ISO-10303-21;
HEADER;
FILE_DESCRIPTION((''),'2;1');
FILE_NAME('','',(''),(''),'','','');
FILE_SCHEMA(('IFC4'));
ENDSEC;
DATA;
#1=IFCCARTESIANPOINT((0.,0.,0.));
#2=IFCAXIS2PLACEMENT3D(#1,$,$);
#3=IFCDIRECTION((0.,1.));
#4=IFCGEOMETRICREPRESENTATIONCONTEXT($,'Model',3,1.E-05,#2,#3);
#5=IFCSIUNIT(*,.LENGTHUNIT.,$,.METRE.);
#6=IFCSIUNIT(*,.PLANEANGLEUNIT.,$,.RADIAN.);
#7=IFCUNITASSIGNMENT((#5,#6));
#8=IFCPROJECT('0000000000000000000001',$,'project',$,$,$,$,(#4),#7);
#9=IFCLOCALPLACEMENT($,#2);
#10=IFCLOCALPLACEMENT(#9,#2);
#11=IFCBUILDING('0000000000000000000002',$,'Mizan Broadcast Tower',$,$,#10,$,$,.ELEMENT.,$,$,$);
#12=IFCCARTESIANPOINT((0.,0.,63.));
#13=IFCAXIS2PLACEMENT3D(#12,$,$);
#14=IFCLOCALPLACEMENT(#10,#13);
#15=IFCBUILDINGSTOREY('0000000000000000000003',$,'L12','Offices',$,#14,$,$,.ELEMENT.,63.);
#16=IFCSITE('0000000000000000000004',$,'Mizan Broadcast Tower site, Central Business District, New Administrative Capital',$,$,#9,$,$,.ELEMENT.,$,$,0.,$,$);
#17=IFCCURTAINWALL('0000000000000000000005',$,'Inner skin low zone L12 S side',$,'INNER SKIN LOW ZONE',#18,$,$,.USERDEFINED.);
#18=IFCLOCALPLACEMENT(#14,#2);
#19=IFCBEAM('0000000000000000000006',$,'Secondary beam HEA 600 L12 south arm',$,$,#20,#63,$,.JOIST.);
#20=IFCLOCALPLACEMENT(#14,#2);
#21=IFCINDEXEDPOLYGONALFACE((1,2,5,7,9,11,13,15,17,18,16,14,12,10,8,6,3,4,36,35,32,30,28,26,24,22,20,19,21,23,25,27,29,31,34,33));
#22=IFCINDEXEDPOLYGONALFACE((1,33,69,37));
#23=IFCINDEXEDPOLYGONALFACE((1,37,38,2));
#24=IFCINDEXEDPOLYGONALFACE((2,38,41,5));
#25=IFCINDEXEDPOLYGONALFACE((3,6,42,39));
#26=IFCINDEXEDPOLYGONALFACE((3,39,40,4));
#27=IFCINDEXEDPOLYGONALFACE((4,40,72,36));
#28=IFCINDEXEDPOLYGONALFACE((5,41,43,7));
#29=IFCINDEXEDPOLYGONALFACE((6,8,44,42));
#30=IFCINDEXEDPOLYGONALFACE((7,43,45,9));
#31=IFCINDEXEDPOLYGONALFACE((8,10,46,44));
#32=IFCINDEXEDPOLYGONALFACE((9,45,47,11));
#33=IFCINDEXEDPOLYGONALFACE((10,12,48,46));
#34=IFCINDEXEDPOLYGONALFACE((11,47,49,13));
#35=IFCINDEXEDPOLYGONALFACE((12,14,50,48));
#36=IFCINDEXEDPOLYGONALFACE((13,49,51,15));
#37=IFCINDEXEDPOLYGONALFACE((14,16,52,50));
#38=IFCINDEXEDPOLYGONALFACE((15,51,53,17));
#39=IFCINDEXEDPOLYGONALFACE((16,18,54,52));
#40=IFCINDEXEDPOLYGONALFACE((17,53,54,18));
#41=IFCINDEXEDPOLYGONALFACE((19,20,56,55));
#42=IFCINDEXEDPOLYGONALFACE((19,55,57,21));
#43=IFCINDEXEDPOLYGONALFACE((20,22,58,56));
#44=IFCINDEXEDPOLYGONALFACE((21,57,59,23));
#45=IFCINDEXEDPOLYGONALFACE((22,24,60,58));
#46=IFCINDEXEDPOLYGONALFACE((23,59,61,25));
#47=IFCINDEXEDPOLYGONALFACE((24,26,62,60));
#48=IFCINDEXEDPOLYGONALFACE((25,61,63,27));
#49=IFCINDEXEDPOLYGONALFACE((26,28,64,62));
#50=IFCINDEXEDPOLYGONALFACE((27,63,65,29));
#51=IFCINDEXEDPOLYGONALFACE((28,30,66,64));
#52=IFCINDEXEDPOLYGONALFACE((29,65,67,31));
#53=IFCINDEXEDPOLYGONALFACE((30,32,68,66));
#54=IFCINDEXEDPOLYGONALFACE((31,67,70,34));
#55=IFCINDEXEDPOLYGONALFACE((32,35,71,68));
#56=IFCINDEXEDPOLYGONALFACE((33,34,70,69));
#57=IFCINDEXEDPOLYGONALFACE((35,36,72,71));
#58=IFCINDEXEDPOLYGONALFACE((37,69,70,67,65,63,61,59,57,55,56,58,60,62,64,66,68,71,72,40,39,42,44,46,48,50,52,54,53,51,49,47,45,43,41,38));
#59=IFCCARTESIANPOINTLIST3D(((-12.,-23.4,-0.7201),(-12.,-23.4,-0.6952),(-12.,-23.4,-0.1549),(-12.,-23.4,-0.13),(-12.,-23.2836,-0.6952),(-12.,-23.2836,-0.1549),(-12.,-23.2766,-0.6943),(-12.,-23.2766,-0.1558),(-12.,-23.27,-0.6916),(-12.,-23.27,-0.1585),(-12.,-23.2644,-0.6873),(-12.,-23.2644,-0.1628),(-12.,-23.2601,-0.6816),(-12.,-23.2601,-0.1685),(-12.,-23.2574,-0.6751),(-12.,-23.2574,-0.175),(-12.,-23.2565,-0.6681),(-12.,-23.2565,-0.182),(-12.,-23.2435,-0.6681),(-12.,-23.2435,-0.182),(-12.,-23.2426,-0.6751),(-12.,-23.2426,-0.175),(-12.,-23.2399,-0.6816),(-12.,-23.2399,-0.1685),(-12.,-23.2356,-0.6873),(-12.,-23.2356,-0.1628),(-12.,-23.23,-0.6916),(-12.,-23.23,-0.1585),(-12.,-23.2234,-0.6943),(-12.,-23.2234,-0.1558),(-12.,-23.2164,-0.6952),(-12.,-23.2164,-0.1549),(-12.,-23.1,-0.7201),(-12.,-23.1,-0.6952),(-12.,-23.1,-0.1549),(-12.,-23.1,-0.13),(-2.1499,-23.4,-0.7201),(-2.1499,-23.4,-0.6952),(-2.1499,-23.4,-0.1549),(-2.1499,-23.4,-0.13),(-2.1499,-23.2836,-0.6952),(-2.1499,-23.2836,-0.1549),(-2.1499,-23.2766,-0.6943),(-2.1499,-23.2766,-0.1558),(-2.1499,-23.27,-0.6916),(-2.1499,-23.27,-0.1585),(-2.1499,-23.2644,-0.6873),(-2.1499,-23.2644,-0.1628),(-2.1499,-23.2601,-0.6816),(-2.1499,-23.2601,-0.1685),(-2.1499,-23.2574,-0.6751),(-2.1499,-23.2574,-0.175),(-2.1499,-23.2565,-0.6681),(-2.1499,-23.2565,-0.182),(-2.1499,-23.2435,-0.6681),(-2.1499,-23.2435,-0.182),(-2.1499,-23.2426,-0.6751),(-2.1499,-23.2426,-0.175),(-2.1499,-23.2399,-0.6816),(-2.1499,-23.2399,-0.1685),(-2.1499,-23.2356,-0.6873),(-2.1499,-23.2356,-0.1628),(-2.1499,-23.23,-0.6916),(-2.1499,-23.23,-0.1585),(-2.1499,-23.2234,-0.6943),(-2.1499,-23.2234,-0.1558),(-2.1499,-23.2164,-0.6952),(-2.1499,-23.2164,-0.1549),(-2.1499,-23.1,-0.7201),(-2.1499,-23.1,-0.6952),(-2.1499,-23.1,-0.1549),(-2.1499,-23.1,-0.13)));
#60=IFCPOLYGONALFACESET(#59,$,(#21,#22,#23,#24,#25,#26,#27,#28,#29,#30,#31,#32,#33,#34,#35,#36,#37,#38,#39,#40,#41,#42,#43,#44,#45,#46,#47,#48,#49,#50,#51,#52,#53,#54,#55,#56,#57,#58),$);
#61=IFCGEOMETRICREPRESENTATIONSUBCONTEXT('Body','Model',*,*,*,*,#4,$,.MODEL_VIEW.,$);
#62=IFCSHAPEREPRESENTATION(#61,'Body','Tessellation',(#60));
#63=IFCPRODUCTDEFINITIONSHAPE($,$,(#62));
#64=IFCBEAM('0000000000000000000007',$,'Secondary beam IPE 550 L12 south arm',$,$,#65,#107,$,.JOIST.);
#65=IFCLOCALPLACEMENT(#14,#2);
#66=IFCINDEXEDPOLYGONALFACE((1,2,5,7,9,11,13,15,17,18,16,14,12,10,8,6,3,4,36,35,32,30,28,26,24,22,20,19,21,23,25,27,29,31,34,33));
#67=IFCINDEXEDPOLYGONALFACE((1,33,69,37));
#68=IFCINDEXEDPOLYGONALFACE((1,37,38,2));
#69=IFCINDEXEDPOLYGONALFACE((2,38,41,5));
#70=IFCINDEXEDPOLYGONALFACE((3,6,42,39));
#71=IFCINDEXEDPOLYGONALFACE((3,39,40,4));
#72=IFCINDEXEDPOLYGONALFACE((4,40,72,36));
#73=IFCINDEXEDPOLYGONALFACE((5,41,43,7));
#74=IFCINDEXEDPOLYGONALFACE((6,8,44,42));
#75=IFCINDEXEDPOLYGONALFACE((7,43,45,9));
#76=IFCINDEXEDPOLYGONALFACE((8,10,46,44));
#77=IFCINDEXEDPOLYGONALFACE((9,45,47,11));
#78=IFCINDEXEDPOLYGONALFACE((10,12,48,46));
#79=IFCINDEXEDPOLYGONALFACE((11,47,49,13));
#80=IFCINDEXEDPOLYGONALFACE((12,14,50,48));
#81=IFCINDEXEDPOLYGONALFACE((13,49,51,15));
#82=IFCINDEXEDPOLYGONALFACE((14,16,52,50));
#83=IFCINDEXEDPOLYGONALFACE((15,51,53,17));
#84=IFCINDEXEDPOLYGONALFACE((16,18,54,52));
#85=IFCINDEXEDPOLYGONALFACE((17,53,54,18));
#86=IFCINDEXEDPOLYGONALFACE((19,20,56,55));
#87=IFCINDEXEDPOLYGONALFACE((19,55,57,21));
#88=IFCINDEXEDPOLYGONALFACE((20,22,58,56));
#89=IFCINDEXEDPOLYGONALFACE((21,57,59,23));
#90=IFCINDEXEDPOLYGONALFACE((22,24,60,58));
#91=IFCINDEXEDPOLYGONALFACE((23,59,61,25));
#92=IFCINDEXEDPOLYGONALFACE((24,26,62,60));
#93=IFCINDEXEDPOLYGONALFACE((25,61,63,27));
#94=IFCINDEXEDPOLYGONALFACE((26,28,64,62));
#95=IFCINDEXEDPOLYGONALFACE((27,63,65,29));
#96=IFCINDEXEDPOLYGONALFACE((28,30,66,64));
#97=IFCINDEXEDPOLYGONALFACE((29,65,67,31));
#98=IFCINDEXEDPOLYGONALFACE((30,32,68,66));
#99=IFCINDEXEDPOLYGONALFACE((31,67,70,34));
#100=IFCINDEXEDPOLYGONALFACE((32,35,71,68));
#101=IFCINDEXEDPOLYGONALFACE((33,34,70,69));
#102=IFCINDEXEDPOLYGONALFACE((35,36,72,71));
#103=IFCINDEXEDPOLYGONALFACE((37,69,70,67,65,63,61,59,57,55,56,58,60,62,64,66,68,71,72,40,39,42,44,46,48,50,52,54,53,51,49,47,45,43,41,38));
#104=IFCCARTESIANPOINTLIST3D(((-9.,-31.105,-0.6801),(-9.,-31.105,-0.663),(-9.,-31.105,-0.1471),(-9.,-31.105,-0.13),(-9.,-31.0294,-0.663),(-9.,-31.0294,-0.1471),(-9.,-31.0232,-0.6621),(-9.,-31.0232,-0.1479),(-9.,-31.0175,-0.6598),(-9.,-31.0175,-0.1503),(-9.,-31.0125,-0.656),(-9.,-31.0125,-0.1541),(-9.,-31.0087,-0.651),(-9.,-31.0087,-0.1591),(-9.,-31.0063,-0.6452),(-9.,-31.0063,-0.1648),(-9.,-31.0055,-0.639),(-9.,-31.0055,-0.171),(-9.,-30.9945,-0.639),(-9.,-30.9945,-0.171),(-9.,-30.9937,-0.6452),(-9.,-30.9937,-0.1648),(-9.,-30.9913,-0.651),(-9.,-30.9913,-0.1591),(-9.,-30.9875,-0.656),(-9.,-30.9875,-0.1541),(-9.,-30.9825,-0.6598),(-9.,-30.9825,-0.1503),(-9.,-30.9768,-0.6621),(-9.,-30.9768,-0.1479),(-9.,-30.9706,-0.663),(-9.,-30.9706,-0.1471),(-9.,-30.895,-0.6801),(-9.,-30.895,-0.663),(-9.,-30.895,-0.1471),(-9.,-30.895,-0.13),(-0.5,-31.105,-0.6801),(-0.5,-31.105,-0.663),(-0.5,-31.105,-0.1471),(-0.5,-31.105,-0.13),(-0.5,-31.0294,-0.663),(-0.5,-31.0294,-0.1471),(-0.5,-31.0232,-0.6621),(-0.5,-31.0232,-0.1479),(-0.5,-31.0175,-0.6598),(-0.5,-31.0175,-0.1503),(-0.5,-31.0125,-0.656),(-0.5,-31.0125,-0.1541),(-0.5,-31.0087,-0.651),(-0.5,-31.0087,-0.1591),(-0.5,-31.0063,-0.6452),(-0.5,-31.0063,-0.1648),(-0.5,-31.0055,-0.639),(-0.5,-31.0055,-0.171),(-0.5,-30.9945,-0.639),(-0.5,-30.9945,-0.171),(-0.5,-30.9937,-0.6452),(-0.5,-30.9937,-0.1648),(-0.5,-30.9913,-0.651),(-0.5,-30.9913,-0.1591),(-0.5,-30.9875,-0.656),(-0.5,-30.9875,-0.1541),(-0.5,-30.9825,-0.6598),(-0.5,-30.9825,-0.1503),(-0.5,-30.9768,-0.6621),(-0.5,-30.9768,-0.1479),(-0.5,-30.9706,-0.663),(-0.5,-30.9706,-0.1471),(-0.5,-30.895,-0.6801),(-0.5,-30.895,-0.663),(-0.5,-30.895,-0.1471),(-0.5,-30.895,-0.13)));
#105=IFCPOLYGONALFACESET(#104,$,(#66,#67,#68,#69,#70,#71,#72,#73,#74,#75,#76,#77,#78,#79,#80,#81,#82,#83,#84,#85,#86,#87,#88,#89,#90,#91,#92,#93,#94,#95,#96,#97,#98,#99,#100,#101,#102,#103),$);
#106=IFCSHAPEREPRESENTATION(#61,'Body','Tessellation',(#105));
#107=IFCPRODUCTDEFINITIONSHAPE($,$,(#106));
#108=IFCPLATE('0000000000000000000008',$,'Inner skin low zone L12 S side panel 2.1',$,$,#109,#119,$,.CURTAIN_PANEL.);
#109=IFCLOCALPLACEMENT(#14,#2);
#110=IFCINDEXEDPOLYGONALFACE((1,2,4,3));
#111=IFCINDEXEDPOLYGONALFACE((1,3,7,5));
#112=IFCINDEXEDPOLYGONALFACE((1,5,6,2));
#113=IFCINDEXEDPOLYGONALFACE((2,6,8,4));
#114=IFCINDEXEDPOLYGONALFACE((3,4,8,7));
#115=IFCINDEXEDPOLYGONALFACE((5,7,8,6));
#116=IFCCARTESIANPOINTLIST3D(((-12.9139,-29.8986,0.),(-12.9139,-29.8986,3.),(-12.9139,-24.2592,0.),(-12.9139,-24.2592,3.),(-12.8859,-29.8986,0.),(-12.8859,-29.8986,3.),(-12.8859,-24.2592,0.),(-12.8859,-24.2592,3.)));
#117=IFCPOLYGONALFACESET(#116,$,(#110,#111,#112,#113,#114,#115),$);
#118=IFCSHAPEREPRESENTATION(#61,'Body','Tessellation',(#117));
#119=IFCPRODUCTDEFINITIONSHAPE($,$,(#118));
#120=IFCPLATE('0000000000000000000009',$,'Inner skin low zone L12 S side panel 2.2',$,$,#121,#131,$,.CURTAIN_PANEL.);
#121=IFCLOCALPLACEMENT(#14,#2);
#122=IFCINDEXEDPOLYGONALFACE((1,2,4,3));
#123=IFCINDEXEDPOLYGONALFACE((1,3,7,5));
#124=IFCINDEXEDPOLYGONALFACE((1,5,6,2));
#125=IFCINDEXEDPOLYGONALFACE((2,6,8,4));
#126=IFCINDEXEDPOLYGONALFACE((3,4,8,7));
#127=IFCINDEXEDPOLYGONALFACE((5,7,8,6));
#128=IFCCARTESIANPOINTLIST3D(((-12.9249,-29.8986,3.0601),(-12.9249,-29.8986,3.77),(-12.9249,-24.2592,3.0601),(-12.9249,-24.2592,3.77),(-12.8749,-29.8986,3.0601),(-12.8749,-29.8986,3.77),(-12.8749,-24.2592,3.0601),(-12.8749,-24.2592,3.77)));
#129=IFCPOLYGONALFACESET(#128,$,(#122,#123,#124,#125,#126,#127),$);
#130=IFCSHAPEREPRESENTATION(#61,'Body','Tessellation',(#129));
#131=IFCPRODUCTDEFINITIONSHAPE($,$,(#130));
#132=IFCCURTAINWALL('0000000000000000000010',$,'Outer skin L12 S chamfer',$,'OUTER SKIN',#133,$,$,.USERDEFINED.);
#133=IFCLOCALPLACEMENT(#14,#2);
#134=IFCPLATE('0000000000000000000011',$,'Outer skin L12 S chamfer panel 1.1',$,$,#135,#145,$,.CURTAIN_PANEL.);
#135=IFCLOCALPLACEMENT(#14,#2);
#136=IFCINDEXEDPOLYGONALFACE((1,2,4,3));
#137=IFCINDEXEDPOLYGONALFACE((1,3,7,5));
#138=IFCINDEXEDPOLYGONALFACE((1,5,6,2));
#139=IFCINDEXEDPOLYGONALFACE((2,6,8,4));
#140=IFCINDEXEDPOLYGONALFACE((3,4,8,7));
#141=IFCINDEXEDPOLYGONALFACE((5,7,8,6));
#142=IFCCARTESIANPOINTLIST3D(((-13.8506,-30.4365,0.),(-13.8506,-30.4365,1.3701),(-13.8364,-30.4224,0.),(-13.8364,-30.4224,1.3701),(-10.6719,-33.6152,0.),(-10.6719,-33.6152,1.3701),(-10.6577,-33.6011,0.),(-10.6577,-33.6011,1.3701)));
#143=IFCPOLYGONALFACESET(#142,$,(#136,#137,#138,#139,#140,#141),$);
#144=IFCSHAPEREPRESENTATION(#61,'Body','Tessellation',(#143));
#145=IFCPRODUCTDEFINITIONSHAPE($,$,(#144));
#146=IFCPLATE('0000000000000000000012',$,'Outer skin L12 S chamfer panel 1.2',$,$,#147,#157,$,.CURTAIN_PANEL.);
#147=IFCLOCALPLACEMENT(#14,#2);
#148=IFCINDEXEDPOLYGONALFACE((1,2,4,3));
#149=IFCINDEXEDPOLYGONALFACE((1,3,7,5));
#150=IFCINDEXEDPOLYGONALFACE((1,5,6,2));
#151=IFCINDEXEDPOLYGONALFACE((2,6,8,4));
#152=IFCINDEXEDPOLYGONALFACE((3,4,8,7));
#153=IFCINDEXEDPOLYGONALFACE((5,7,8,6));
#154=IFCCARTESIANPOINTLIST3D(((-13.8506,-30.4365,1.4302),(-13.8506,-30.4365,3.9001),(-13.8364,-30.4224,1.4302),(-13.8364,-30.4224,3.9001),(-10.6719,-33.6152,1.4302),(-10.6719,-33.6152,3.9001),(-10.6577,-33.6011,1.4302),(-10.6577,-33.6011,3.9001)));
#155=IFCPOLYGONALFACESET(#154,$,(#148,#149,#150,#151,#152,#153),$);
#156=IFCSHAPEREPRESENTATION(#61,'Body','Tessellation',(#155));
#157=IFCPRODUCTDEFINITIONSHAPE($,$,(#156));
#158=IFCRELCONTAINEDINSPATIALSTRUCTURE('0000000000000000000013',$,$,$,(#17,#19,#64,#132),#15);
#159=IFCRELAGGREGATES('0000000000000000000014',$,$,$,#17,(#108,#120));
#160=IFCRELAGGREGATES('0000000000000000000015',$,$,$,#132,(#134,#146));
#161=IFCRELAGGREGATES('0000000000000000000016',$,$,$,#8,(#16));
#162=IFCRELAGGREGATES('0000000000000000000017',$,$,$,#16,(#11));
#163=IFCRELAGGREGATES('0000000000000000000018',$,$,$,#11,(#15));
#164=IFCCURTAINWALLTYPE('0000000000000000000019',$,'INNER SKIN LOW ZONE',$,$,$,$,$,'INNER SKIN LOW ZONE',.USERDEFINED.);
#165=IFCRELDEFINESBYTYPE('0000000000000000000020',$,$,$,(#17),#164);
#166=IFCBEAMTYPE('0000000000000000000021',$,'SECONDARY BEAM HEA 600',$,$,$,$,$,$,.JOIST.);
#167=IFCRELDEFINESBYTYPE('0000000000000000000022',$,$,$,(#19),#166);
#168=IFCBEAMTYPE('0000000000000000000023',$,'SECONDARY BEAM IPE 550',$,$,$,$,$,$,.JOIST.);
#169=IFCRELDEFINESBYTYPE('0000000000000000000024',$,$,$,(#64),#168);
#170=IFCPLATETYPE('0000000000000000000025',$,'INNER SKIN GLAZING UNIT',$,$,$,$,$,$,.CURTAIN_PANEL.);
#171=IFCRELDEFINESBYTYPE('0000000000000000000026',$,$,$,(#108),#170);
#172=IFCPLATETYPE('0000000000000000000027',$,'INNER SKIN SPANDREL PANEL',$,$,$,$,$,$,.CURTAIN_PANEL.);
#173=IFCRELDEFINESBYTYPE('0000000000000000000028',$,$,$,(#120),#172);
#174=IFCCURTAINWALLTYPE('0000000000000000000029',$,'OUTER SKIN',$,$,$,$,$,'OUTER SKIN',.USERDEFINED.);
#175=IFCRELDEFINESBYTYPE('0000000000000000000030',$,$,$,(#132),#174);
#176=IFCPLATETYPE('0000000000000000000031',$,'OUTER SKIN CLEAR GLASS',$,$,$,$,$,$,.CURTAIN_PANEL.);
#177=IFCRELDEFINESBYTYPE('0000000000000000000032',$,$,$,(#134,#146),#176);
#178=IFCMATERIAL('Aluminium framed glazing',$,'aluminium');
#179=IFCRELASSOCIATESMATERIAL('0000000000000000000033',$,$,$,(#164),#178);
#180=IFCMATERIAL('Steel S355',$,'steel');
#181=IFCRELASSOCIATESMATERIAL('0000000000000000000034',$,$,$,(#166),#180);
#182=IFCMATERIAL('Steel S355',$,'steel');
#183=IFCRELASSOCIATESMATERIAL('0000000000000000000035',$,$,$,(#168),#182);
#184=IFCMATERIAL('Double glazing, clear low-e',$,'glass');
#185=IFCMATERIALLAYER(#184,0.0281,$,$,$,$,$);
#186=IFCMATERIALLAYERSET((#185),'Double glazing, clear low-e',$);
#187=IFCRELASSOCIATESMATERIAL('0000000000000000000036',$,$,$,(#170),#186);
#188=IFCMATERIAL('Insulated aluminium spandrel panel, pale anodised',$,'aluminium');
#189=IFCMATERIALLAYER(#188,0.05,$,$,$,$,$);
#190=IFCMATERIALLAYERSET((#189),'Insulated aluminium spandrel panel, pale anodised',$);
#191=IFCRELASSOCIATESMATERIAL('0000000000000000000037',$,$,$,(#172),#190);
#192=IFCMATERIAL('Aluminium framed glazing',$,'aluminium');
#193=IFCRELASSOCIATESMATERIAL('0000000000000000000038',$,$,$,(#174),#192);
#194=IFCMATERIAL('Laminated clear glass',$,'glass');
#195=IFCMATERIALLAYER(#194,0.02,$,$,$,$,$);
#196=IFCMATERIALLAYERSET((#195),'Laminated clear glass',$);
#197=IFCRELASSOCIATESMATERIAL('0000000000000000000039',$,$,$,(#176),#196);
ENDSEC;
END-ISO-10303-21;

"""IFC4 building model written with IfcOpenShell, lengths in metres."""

from ifc_helpers import new_model, si_unit, direction, frame, origin, origin_2d, place, context, subcontext, project, spatial, rectangle, i_section, extrude, material, layer, layer_set, material_profile, profile_set, type_object, element, aggregate, save


model = new_model("IFC4")

# Units and contexts
model_context = context("Model", 3, precision=1e-05, world=origin(), true_north=direction((0.0, 1.0)))
body_context = subcontext(model_context, "Body", "Model", "MODEL_VIEW")
ifc_project = project(units=[si_unit("LENGTHUNIT", "METRE"), si_unit("PLANEANGLEUNIT", "RADIAN")], contexts=[model_context])

# Site, building, storey
site_placement = place(None, origin())
site = spatial("IfcSite", under=ifc_project, at=site_placement, Name="Mizan Broadcast Tower site, Central Business District, New Administrative Capital", CompositionType="ELEMENT", RefElevation=0.0)
building_placement = place(site_placement, origin())
building = spatial("IfcBuilding", under=site, at=building_placement, Name="Mizan Broadcast Tower", CompositionType="ELEMENT")
storey_placement = place(building_placement, frame((0.0, 0.0, 63.0)))
storey = spatial("IfcBuildingStorey", under=building, at=storey_placement, Name="L12", Description="Offices", CompositionType="ELEMENT", Elevation=63.0)

# Curtain wall
ifc_material_1 = material(Name="Aluminium framed glazing", Category="aluminium")
curtain_wall_type_1 = type_object("IfcCurtainWallType", Name="INNER SKIN LOW ZONE", ElementType="INNER SKIN LOW ZONE", PredefinedType="USERDEFINED", material=ifc_material_1)
curtain_wall_1_placement = place(storey_placement, origin())
curtain_wall_1 = element("IfcCurtainWall", 1, at=curtain_wall_1_placement, inside=storey, type_object=curtain_wall_type_1, Name="Inner skin low zone L12 S side", ObjectType="INNER SKIN LOW ZONE", PredefinedType="USERDEFINED")

# Beams
ifc_material_2 = material(Name="Steel S355", Category="steel")
ifc_material_profile_1 = material_profile(ifc_material_2, i_section(OverallWidth=0.3, OverallDepth=0.5901, WebThickness=0.0129, FlangeThickness=0.0249, FilletRadius=0.0271, at=origin_2d()), Name="HEA 600")
ifc_profile_set_1 = profile_set([ifc_material_profile_1], Name="Steel S355")
beam_type_1 = type_object("IfcBeamType", Name="SECONDARY BEAM HEA 600", PredefinedType="JOIST", material=ifc_profile_set_1)
beam_1_placement = place(storey_placement, frame((-12.0, -23.25, -0.425), z_axis=(1.0, 0.0, 0.0), x_axis=(0.0, 1.0, 0.0)))
element("IfcBeam", 2, at=beam_1_placement, inside=storey, type_object=beam_type_1, Name="Secondary beam HEA 600 L12 south arm", PredefinedType="JOIST", context=body_context, shape_type="SweptSolid", body=[
    extrude(i_section(OverallWidth=0.3, OverallDepth=0.5901, WebThickness=0.0129, FlangeThickness=0.0249, FilletRadius=0.0271, at=origin_2d()), origin(), (0.0, 0.0, 1.0), 9.8501),
])
ifc_material_3 = material(Name="Steel S355", Category="steel")
ifc_material_profile_2 = material_profile(ifc_material_3, i_section(OverallWidth=0.21, OverallDepth=0.55, WebThickness=0.011, FlangeThickness=0.0171, FilletRadius=0.0239, at=origin_2d()), Name="IPE 550")
ifc_profile_set_2 = profile_set([ifc_material_profile_2], Name="Steel S355")
beam_type_2 = type_object("IfcBeamType", Name="SECONDARY BEAM IPE 550", PredefinedType="JOIST", material=ifc_profile_set_2)
beam_2_placement = place(storey_placement, frame((-9.0, -31.0, -0.405), z_axis=(1.0, 0.0, 0.0), x_axis=(0.0, 1.0, 0.0)))
element("IfcBeam", 3, at=beam_2_placement, inside=storey, type_object=beam_type_2, Name="Secondary beam IPE 550 L12 south arm", PredefinedType="JOIST", context=body_context, shape_type="SweptSolid", body=[
    extrude(i_section(OverallWidth=0.21, OverallDepth=0.55, WebThickness=0.011, FlangeThickness=0.0171, FilletRadius=0.0239, at=origin_2d()), origin(), (0.0, 0.0, 1.0), 8.5),
])

# Plates
ifc_material_4 = material(Name="Double glazing, clear low-e", Category="glass")
ifc_layer_1 = layer(ifc_material_4, 0.0281)
ifc_layer_set_1 = layer_set([ifc_layer_1], Name="Double glazing, clear low-e")
plate_type_1 = type_object("IfcPlateType", Name="INNER SKIN GLAZING UNIT", PredefinedType="CURTAIN_PANEL", material=ifc_layer_set_1)
plate_1_placement = place(storey_placement, frame((-12.8999, -27.0789, 0.0), z_axis=(0.0, 0.0, 1.0), x_axis=(0.0, -1.0, 0.0)))
plate_1 = element("IfcPlate", 4, at=plate_1_placement, type_object=plate_type_1, Name="Inner skin low zone L12 S side panel 2.1", PredefinedType="CURTAIN_PANEL", context=body_context, shape_type="SweptSolid", body=[
    extrude(rectangle(XDim=5.6394, YDim=0.0281, at=origin_2d()), origin(), (0.0, 0.0, 1.0), 3.0),
])
ifc_material_5 = material(Name="Insulated aluminium spandrel panel, pale anodised", Category="aluminium")
ifc_layer_2 = layer(ifc_material_5, 0.05)
ifc_layer_set_2 = layer_set([ifc_layer_2], Name="Insulated aluminium spandrel panel, pale anodised")
plate_type_2 = type_object("IfcPlateType", Name="INNER SKIN SPANDREL PANEL", PredefinedType="CURTAIN_PANEL", material=ifc_layer_set_2)
plate_2_placement = place(storey_placement, frame((-12.8999, -27.0789, 3.0601), z_axis=(0.0, 0.0, 1.0), x_axis=(0.0, -1.0, 0.0)))
plate_2 = element("IfcPlate", 5, at=plate_2_placement, type_object=plate_type_2, Name="Inner skin low zone L12 S side panel 2.2", PredefinedType="CURTAIN_PANEL", context=body_context, shape_type="SweptSolid", body=[
    extrude(rectangle(XDim=5.6394, YDim=0.05, at=origin_2d()), origin(), (0.0, 0.0, 1.0), 0.71),
])
aggregate(curtain_wall_1, [plate_1, plate_2])

# Curtain wall, plates
ifc_material_6 = material(Name="Aluminium framed glazing", Category="aluminium")
curtain_wall_type_2 = type_object("IfcCurtainWallType", Name="OUTER SKIN", ElementType="OUTER SKIN", PredefinedType="USERDEFINED", material=ifc_material_6)
curtain_wall_2_placement = place(storey_placement, origin())
curtain_wall_2 = element("IfcCurtainWall", 6, at=curtain_wall_2_placement, inside=storey, type_object=curtain_wall_type_2, Name="Outer skin L12 S chamfer", ObjectType="OUTER SKIN", PredefinedType="USERDEFINED")
ifc_material_7 = material(Name="Laminated clear glass", Category="glass")
ifc_layer_3 = layer(ifc_material_7, 0.02)
ifc_layer_set_3 = layer_set([ifc_layer_3], Name="Laminated clear glass")
plate_type_3 = type_object("IfcPlateType", Name="OUTER SKIN CLEAR GLASS", PredefinedType="CURTAIN_PANEL", material=ifc_layer_set_3)
plate_3_placement = place(storey_placement, frame((-12.2542, -32.0188, 0.0), z_axis=(0.0, 0.0, 1.0), x_axis=(0.707107, -0.707107, 0.0)))
plate_3 = element("IfcPlate", 7, at=plate_3_placement, type_object=plate_type_3, Name="Outer skin L12 S chamfer panel 1.1", PredefinedType="CURTAIN_PANEL", context=body_context, shape_type="SweptSolid", body=[
    extrude(rectangle(XDim=4.4954, YDim=0.02, at=origin_2d()), origin(), (0.0, 0.0, 1.0), 1.3701),
])
plate_4_placement = place(storey_placement, frame((-12.2542, -32.0188, 1.4302), z_axis=(0.0, 0.0, 1.0), x_axis=(0.707107, -0.707107, 0.0)))
plate_4 = element("IfcPlate", 8, at=plate_4_placement, type_object=plate_type_3, Name="Outer skin L12 S chamfer panel 1.2", PredefinedType="CURTAIN_PANEL", context=body_context, shape_type="SweptSolid", body=[
    extrude(rectangle(XDim=4.4954, YDim=0.02, at=origin_2d()), origin(), (0.0, 0.0, 1.0), 2.47),
])
aggregate(curtain_wall_2, [plate_3, plate_4])

save(model, "model.ifc")
